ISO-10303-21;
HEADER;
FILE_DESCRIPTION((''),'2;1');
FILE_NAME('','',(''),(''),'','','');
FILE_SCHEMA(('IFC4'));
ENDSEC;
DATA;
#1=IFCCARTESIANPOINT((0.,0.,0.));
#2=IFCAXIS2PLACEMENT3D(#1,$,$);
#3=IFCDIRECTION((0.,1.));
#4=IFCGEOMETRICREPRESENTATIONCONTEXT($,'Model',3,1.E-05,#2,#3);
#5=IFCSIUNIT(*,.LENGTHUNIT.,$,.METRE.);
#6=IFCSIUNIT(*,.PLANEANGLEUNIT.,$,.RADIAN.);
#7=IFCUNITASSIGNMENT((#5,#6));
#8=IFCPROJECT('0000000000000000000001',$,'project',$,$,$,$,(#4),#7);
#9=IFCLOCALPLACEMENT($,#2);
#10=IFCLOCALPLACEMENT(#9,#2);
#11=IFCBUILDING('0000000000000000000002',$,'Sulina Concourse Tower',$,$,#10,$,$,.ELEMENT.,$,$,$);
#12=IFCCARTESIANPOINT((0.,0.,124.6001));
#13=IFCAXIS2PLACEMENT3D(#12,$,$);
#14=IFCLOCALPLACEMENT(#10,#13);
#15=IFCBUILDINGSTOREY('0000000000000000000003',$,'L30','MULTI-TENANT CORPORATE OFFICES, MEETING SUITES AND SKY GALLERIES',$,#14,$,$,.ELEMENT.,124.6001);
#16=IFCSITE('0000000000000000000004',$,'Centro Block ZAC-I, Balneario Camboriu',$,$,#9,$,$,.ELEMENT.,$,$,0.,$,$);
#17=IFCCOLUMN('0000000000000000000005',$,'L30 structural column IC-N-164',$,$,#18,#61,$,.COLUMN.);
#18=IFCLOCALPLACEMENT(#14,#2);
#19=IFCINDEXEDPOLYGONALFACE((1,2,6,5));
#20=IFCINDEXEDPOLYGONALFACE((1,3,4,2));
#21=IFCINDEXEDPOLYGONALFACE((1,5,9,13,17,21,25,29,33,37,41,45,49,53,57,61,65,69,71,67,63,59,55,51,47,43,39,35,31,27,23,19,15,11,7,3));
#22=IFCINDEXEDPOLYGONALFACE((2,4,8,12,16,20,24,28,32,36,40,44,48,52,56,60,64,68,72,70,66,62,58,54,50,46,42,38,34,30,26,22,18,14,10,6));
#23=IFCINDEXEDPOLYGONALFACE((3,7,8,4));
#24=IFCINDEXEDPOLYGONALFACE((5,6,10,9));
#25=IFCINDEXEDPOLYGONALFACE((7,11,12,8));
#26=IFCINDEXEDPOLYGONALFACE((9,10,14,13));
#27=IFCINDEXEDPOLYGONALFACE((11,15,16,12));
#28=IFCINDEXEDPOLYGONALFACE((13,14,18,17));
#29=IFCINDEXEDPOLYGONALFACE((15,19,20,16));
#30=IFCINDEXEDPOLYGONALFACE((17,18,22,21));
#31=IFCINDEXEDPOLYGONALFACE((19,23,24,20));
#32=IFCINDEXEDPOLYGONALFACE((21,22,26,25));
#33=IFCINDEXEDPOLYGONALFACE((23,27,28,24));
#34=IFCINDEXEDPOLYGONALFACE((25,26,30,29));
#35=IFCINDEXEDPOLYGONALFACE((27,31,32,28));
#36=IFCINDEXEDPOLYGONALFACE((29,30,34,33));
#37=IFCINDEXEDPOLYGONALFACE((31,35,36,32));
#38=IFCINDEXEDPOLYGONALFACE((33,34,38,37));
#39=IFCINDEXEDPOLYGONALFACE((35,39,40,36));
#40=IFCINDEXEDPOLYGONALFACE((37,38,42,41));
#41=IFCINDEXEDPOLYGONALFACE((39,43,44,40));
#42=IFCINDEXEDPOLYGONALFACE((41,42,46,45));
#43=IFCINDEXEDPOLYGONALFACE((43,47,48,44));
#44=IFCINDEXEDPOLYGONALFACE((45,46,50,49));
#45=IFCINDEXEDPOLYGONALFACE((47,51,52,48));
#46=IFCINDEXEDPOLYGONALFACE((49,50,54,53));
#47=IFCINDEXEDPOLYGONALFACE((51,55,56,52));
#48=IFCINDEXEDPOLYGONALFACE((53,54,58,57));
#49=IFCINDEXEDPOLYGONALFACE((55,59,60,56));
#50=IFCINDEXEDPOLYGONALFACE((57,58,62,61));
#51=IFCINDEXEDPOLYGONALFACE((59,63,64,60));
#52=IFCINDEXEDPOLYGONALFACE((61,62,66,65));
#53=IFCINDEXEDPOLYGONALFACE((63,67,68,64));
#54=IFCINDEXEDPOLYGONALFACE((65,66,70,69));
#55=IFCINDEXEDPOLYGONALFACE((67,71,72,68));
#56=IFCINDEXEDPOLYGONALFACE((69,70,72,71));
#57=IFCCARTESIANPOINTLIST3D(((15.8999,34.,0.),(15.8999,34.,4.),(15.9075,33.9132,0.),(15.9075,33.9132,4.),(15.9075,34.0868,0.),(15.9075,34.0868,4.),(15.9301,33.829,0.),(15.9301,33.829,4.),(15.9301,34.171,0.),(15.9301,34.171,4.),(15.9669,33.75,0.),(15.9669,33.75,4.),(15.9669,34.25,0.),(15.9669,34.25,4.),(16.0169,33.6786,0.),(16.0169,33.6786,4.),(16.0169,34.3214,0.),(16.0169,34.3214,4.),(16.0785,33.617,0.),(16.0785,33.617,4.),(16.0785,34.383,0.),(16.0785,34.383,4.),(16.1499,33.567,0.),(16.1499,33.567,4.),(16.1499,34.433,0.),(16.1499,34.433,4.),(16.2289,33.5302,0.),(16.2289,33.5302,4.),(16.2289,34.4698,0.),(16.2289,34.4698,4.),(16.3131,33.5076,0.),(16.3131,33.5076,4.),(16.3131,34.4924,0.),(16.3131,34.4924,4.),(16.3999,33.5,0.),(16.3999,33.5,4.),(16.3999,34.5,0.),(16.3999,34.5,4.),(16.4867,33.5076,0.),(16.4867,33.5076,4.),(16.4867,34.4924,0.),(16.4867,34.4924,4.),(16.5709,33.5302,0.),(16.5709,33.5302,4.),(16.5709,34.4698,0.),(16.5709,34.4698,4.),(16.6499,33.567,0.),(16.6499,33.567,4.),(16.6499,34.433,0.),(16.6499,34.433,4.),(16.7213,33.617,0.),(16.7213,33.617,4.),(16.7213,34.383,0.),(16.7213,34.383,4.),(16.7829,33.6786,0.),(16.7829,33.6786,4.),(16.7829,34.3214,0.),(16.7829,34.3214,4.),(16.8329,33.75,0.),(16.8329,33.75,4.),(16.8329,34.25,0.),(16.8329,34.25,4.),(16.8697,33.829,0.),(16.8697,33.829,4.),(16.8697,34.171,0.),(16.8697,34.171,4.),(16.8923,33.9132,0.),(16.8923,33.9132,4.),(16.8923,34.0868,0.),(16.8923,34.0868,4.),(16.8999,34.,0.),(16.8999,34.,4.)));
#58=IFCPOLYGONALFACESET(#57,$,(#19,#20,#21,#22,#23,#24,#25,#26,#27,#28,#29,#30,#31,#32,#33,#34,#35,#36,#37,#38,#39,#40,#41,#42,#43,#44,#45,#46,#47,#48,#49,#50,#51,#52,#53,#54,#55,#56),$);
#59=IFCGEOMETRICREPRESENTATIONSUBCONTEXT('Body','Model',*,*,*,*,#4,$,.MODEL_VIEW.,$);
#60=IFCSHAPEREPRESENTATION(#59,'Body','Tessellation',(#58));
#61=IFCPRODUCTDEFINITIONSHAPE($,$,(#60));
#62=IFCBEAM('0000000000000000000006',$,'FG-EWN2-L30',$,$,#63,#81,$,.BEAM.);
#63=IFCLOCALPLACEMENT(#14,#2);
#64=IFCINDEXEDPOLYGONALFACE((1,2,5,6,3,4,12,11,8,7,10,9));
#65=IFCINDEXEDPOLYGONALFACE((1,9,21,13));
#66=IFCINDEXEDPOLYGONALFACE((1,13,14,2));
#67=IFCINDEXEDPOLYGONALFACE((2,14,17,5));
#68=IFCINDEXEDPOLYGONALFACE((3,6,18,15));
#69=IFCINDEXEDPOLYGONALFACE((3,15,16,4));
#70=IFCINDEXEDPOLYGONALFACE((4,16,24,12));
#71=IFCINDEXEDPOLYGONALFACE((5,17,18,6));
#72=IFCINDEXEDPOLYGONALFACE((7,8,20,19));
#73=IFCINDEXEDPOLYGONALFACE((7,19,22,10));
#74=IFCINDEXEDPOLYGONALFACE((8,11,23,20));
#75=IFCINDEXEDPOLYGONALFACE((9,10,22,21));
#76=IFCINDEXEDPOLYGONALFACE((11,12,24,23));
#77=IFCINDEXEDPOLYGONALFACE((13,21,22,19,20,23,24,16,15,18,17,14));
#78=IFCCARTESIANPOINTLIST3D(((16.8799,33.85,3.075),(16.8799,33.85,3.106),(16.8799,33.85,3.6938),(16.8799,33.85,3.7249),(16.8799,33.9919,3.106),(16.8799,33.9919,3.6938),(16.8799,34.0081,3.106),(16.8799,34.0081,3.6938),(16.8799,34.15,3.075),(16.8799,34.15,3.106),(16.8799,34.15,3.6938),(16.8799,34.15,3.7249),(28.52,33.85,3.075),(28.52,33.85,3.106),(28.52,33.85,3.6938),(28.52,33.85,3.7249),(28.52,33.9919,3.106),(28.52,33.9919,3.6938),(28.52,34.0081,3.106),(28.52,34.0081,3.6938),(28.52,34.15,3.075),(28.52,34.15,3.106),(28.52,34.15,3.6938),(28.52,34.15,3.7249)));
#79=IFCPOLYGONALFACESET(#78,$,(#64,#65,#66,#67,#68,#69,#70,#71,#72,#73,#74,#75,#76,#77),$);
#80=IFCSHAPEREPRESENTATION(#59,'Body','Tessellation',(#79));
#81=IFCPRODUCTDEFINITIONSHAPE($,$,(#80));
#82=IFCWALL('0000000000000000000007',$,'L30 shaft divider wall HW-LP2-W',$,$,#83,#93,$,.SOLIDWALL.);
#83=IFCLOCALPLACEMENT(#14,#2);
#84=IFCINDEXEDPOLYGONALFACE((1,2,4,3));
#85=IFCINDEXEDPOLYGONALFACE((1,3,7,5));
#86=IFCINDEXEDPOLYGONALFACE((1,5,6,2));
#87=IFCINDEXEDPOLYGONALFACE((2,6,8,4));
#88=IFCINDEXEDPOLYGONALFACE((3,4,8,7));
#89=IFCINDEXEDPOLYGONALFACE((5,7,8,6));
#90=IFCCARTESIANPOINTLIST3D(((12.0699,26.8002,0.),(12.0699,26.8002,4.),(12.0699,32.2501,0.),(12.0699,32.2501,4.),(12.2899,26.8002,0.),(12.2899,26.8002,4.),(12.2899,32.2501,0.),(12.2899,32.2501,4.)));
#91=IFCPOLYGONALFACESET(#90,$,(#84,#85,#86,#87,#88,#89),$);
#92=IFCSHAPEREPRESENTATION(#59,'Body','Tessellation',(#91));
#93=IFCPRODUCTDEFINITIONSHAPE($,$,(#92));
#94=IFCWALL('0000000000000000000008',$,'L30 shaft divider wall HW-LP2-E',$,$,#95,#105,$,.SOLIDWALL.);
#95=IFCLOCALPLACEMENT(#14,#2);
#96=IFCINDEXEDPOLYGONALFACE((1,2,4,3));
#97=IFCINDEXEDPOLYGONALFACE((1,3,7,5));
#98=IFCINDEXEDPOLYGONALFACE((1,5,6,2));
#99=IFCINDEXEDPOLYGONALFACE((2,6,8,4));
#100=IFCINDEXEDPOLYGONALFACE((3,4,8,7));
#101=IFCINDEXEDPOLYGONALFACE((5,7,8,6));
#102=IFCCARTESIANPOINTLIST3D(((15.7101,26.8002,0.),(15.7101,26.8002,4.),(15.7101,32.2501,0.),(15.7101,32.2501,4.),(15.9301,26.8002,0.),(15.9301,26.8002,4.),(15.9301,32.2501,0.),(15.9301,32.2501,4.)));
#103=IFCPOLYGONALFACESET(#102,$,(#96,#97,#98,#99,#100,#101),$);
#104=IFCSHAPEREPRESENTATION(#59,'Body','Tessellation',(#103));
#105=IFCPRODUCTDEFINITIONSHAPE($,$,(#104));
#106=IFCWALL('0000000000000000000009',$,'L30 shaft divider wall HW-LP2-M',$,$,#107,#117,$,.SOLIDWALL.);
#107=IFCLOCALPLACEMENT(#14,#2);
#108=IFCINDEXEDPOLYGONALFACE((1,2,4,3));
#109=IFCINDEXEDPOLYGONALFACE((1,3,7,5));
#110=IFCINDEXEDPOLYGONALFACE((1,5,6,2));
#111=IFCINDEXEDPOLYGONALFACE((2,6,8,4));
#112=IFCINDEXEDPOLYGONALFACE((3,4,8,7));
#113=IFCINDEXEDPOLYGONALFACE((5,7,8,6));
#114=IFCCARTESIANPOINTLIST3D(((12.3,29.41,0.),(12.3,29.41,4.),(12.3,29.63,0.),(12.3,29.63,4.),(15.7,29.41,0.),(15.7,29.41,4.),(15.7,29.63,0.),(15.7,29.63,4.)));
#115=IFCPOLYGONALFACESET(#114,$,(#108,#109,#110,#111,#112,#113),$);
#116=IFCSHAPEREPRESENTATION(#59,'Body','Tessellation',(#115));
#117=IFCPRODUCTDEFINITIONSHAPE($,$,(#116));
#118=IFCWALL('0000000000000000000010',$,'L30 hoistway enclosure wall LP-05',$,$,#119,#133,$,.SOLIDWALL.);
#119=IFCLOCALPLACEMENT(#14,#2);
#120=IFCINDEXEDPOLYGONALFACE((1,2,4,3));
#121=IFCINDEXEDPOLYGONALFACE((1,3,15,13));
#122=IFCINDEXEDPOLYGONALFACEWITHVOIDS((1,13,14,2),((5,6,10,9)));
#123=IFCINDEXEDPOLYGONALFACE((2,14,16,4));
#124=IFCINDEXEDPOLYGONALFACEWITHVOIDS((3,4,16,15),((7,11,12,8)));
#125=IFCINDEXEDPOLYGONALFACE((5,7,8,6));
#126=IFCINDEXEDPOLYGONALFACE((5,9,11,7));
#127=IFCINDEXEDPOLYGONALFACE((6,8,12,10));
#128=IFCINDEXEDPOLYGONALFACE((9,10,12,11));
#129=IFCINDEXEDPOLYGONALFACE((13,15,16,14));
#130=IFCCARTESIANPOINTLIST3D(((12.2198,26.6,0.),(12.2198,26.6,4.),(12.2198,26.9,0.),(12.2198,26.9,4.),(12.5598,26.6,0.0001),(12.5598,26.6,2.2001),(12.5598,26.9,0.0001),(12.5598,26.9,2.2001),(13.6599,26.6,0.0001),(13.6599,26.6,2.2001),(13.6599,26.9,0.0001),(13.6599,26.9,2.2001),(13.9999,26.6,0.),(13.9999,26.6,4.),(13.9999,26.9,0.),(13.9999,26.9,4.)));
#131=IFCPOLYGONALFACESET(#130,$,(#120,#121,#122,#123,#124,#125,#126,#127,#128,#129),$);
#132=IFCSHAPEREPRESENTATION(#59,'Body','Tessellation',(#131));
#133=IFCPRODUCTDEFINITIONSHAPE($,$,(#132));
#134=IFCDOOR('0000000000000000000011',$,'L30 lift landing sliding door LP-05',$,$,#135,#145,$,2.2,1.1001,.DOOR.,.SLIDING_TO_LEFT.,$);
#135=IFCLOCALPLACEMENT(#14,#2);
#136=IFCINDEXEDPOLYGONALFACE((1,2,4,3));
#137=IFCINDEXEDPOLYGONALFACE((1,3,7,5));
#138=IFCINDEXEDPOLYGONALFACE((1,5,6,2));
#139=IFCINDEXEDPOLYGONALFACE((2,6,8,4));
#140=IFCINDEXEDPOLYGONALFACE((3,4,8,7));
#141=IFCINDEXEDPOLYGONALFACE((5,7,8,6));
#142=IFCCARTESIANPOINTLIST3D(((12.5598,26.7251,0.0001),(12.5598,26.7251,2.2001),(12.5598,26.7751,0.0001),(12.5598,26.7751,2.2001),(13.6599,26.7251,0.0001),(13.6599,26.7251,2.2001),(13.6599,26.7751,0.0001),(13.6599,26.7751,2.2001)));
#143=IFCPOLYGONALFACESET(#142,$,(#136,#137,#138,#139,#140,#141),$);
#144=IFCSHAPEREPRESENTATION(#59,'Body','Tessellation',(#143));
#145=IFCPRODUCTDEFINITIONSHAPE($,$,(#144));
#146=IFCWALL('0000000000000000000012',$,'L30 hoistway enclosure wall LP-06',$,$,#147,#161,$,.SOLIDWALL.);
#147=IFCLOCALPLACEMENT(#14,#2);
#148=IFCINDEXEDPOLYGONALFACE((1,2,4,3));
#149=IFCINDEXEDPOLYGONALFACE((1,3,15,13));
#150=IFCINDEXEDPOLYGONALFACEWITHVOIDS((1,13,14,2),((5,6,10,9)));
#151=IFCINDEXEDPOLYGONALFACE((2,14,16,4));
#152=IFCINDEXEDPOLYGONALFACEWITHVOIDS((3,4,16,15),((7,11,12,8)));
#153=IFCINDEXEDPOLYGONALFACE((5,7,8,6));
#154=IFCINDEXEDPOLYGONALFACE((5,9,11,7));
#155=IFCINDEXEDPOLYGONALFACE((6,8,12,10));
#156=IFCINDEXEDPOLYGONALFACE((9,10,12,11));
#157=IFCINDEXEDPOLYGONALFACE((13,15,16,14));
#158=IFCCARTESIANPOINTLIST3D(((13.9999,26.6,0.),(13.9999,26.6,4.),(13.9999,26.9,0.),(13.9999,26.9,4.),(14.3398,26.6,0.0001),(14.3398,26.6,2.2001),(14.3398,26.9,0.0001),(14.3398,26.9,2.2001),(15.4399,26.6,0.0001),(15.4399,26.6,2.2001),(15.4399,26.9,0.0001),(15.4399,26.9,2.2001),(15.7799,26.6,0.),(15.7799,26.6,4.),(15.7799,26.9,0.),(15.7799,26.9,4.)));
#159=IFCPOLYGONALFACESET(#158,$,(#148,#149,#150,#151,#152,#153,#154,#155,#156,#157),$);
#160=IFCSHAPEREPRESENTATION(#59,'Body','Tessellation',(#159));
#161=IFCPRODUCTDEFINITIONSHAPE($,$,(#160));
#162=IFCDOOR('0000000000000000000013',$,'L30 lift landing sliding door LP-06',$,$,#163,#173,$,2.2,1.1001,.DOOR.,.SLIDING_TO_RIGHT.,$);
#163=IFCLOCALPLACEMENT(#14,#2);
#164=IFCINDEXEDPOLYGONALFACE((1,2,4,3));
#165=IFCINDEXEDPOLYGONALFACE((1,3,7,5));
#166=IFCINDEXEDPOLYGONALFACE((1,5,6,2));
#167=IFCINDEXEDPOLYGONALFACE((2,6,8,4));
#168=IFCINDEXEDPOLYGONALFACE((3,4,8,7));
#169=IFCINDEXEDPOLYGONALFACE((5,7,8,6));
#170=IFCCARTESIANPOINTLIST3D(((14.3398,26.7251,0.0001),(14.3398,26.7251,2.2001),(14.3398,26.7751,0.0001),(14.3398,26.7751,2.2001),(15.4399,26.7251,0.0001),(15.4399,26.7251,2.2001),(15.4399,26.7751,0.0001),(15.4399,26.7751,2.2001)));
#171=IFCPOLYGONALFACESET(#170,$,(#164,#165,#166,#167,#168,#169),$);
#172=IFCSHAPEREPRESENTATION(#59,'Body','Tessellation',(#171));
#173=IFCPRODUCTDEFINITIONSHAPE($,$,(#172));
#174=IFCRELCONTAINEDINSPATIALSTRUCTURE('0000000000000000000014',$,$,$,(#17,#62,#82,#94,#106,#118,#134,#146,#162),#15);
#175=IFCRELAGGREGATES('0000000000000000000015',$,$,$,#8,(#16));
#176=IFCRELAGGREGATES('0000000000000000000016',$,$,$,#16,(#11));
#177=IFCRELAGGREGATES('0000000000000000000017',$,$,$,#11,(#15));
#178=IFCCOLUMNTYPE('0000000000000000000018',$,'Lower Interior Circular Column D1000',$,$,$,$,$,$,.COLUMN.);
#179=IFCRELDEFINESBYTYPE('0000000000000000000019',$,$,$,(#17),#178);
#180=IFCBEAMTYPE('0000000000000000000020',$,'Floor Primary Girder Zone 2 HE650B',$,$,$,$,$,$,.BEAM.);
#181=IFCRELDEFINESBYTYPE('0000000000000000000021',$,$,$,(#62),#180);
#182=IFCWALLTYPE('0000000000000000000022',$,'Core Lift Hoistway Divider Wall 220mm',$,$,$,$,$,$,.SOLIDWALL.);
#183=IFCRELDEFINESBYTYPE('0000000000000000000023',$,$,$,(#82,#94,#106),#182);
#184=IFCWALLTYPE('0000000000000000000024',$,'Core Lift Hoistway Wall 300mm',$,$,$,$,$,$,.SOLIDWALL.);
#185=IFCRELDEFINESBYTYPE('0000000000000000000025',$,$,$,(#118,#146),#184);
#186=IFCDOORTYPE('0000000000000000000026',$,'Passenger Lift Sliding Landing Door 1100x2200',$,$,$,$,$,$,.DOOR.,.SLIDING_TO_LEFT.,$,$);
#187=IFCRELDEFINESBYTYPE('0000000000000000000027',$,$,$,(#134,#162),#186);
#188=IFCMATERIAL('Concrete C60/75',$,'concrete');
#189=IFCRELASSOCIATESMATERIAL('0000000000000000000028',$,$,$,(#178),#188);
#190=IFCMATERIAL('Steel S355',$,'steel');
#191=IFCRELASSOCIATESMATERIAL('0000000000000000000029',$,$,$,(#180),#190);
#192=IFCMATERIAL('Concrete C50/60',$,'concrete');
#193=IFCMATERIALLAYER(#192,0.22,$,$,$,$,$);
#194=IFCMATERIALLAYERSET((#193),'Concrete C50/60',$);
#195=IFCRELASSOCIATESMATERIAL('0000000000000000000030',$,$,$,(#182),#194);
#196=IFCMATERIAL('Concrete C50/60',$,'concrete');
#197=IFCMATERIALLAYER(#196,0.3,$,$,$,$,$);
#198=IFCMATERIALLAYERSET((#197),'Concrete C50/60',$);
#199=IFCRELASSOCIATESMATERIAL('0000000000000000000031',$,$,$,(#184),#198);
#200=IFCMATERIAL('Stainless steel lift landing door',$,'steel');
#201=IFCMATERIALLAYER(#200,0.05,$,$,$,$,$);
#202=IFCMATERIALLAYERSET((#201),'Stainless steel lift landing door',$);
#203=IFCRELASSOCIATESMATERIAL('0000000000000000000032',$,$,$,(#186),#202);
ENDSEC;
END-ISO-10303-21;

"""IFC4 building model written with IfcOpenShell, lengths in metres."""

from ifc_helpers import new_model, si_unit, direction, frame, frame_2d, origin, origin_2d, place, context, subcontext, project, spatial, rectangle, circle, i_section, extrude, material, layer, layer_set, material_profile, profile_set, type_object, element, fill, save


model = new_model("IFC4")

# Units and contexts
model_context = context("Model", 3, precision=1e-05, world=origin(), true_north=direction((0.0, 1.0)))
body_context = subcontext(model_context, "Body", "Model", "MODEL_VIEW")
ifc_project = project(units=[si_unit("LENGTHUNIT", "METRE"), si_unit("PLANEANGLEUNIT", "RADIAN")], contexts=[model_context])

# Site, building, storey
site_placement = place(None, origin())
site = spatial("IfcSite", under=ifc_project, at=site_placement, Name="Centro Block ZAC-I, Balneario Camboriu", CompositionType="ELEMENT", RefElevation=0.0)
building_placement = place(site_placement, origin())
building = spatial("IfcBuilding", under=site, at=building_placement, Name="Sulina Concourse Tower", CompositionType="ELEMENT")
storey_placement = place(building_placement, frame((0.0, 0.0, 124.6001)))
storey = spatial("IfcBuildingStorey", under=building, at=storey_placement, Name="L30", Description="MULTI-TENANT CORPORATE OFFICES, MEETING SUITES AND SKY GALLERIES", CompositionType="ELEMENT", Elevation=124.6001)

# Column
ifc_material_1 = material(Name="Concrete C60/75", Category="concrete")
ifc_material_profile_1 = material_profile(ifc_material_1, circle(Radius=0.5, at=origin_2d()), Name="RC D1000")
ifc_profile_set_1 = profile_set([ifc_material_profile_1], Name="Concrete C60/75")
column_type = type_object("IfcColumnType", Name="Lower Interior Circular Column D1000", PredefinedType="COLUMN", material=ifc_profile_set_1)
column_placement = place(storey_placement, frame((16.3999, 34.0, 0.0), z_axis=(0.0, 0.0, 1.0), x_axis=(1.0, 0.0, 0.0)))
element("IfcColumn", 1, at=column_placement, inside=storey, type_object=column_type, Name="L30 structural column IC-N-164", PredefinedType="COLUMN", context=body_context, shape_type="SweptSolid", body=[
    extrude(circle(Radius=0.5, at=origin_2d()), origin(), (0.0, 0.0, 1.0), 4.0),
])

# Beam
ifc_material_2 = material(Name="Steel S355", Category="steel")
ifc_material_profile_2 = material_profile(ifc_material_2, i_section(OverallWidth=0.3, OverallDepth=0.6499, WebThickness=0.0161, FlangeThickness=0.031, at=origin_2d()), Name="HE 650 B")
ifc_profile_set_2 = profile_set([ifc_material_profile_2], Name="Steel S355")
beam_type = type_object("IfcBeamType", Name="Floor Primary Girder Zone 2 HE650B", PredefinedType="BEAM", material=ifc_profile_set_2)
beam_placement = place(storey_placement, frame((16.8799, 34.0, 3.3999), z_axis=(1.0, 0.0, 0.0), x_axis=(0.0, 1.0, 0.0)))
element("IfcBeam", 2, at=beam_placement, inside=storey, type_object=beam_type, Name="FG-EWN2-L30", PredefinedType="BEAM", context=body_context, shape_type="SweptSolid", body=[
    extrude(i_section(OverallWidth=0.3, OverallDepth=0.6499, WebThickness=0.0161, FlangeThickness=0.031, at=origin_2d()), origin(), (0.0, 0.0, 1.0), 11.6401),
])

# Walls
ifc_material_3 = material(Name="Concrete C50/60", Category="concrete")
ifc_layer_1 = layer(ifc_material_3, 0.22)
ifc_layer_set_1 = layer_set([ifc_layer_1], Name="Concrete C50/60")
wall_type_1 = type_object("IfcWallType", Name="Core Lift Hoistway Divider Wall 220mm", PredefinedType="SOLIDWALL", material=ifc_layer_set_1)
for number, where, z_axis, x_axis, name in (
    (3, (12.1799, 26.8, 0.0), (0.0, 0.0, 1.0), (0.0, 1.0, 0.0), "L30 shaft divider wall HW-LP2-W"),
    (4, (15.8201, 26.8, 0.0), (0.0, 0.0, 1.0), (0.0, 1.0, 0.0), "L30 shaft divider wall HW-LP2-E"),
):
    element("IfcWall", number, at=place(storey_placement, frame(where, z_axis=z_axis, x_axis=x_axis)), inside=storey, type_object=wall_type_1, Name=name, PredefinedType="SOLIDWALL", context=body_context, shape_type="SweptSolid", body=[
        extrude(rectangle(XDim=5.45, YDim=0.22, at=frame_2d((2.7251, 0.0))), origin(), (0.0, 0.0, 1.0), 4.0),
    ])
wall_1_placement = place(storey_placement, frame((12.3, 29.52, 0.0), z_axis=(0.0, 0.0, 1.0), x_axis=(1.0, 0.0, 0.0)))
element("IfcWall", 5, at=wall_1_placement, inside=storey, type_object=wall_type_1, Name="L30 shaft divider wall HW-LP2-M", PredefinedType="SOLIDWALL", context=body_context, shape_type="SweptSolid", body=[
    extrude(rectangle(XDim=3.3999, YDim=0.22, at=frame_2d((1.7, 0.0))), origin(), (0.0, 0.0, 1.0), 4.0),
])

# Walls, openings, doors
ifc_material_4 = material(Name="Concrete C50/60", Category="concrete")
ifc_layer_2 = layer(ifc_material_4, 0.3)
ifc_layer_set_2 = layer_set([ifc_layer_2], Name="Concrete C50/60")
wall_type_2 = type_object("IfcWallType", Name="Core Lift Hoistway Wall 300mm", PredefinedType="SOLIDWALL", material=ifc_layer_set_2)
wall_2_placement = place(storey_placement, frame((14.0, 26.75, 0.0), z_axis=(0.0, 0.0, 1.0), x_axis=(-1.0, 0.0, 0.0)))
wall_2 = element("IfcWall", 6, at=wall_2_placement, inside=storey, type_object=wall_type_2, Name="L30 hoistway enclosure wall LP-05", PredefinedType="SOLIDWALL", context=body_context, shape_type="SweptSolid", body=[
    extrude(rectangle(XDim=1.78, YDim=0.3, at=frame_2d((0.8901, 0.0))), origin(), (0.0, 0.0, 1.0), 4.0),
])
opening_1_placement = place(wall_2_placement, frame((0.3401, 0.0, 0.0)))
opening_1 = element("IfcOpeningElement", 7, at=opening_1_placement, cuts=wall_2, PredefinedType="OPENING", context=body_context, shape_type="SweptSolid", body=[
    extrude(rectangle(XDim=1.1001, YDim=2.2, at=frame_2d((0.55, 1.1001))), frame((0.0, 0.1599, 0.0), z_axis=(0.0, -1.0, 0.0), x_axis=(1.0, 0.0, 0.0)), (0.0, 0.0, 1.0), 0.3201),
])
ifc_material_5 = material(Name="Stainless steel lift landing door", Category="steel")
ifc_layer_3 = layer(ifc_material_5, 0.05)
ifc_layer_set_3 = layer_set([ifc_layer_3], Name="Stainless steel lift landing door")
door_type_1 = type_object("IfcDoorType", Name="Passenger Lift Sliding Landing Door 1100x2200", OperationType="SLIDING_TO_LEFT", PredefinedType="DOOR", material=ifc_layer_set_3)
door_1_placement = place(opening_1_placement, origin())
door_1 = element("IfcDoor", 8, at=door_1_placement, inside=storey, type_object=door_type_1, Name="L30 lift landing sliding door LP-05", OperationType="SLIDING_TO_LEFT", OverallHeight=2.2, OverallWidth=1.1001, PredefinedType="DOOR", context=body_context, shape_type="SweptSolid", body=[
    extrude(rectangle(XDim=1.1001, YDim=2.2, at=frame_2d((0.55, 1.1001))), frame((0.0, 0.0249, 0.0), z_axis=(0.0, -1.0, 0.0), x_axis=(1.0, 0.0, 0.0)), (0.0, 0.0, 1.0), 0.05),
])
fill(opening_1, door_1)
wall_3_placement = place(storey_placement, frame((15.78, 26.75, 0.0), z_axis=(0.0, 0.0, 1.0), x_axis=(-1.0, 0.0, 0.0)))
wall_3 = element("IfcWall", 9, at=wall_3_placement, inside=storey, type_object=wall_type_2, Name="L30 hoistway enclosure wall LP-06", PredefinedType="SOLIDWALL", context=body_context, shape_type="SweptSolid", body=[
    extrude(rectangle(XDim=1.78, YDim=0.3, at=frame_2d((0.8901, 0.0))), origin(), (0.0, 0.0, 1.0), 4.0),
])
opening_2_placement = place(wall_3_placement, frame((0.3401, 0.0, 0.0)))
opening_2 = element("IfcOpeningElement", 10, at=opening_2_placement, cuts=wall_3, PredefinedType="OPENING", context=body_context, shape_type="SweptSolid", body=[
    extrude(rectangle(XDim=1.1001, YDim=2.2, at=frame_2d((0.55, 1.1001))), frame((0.0, 0.1599, 0.0), z_axis=(0.0, -1.0, 0.0), x_axis=(1.0, 0.0, 0.0)), (0.0, 0.0, 1.0), 0.3201),
])
door_2_placement = place(opening_2_placement, origin())
door_2 = element("IfcDoor", 11, at=door_2_placement, inside=storey, type_object=door_type_1, Name="L30 lift landing sliding door LP-06", OperationType="SLIDING_TO_RIGHT", OverallHeight=2.2, OverallWidth=1.1001, PredefinedType="DOOR", context=body_context, shape_type="SweptSolid", body=[
    extrude(rectangle(XDim=1.1001, YDim=2.2, at=frame_2d((0.55, 1.1001))), frame((0.0, 0.0249, 0.0), z_axis=(0.0, -1.0, 0.0), x_axis=(1.0, 0.0, 0.0)), (0.0, 0.0, 1.0), 0.05),
])
fill(opening_2, door_2)

save(model, "model.ifc")
